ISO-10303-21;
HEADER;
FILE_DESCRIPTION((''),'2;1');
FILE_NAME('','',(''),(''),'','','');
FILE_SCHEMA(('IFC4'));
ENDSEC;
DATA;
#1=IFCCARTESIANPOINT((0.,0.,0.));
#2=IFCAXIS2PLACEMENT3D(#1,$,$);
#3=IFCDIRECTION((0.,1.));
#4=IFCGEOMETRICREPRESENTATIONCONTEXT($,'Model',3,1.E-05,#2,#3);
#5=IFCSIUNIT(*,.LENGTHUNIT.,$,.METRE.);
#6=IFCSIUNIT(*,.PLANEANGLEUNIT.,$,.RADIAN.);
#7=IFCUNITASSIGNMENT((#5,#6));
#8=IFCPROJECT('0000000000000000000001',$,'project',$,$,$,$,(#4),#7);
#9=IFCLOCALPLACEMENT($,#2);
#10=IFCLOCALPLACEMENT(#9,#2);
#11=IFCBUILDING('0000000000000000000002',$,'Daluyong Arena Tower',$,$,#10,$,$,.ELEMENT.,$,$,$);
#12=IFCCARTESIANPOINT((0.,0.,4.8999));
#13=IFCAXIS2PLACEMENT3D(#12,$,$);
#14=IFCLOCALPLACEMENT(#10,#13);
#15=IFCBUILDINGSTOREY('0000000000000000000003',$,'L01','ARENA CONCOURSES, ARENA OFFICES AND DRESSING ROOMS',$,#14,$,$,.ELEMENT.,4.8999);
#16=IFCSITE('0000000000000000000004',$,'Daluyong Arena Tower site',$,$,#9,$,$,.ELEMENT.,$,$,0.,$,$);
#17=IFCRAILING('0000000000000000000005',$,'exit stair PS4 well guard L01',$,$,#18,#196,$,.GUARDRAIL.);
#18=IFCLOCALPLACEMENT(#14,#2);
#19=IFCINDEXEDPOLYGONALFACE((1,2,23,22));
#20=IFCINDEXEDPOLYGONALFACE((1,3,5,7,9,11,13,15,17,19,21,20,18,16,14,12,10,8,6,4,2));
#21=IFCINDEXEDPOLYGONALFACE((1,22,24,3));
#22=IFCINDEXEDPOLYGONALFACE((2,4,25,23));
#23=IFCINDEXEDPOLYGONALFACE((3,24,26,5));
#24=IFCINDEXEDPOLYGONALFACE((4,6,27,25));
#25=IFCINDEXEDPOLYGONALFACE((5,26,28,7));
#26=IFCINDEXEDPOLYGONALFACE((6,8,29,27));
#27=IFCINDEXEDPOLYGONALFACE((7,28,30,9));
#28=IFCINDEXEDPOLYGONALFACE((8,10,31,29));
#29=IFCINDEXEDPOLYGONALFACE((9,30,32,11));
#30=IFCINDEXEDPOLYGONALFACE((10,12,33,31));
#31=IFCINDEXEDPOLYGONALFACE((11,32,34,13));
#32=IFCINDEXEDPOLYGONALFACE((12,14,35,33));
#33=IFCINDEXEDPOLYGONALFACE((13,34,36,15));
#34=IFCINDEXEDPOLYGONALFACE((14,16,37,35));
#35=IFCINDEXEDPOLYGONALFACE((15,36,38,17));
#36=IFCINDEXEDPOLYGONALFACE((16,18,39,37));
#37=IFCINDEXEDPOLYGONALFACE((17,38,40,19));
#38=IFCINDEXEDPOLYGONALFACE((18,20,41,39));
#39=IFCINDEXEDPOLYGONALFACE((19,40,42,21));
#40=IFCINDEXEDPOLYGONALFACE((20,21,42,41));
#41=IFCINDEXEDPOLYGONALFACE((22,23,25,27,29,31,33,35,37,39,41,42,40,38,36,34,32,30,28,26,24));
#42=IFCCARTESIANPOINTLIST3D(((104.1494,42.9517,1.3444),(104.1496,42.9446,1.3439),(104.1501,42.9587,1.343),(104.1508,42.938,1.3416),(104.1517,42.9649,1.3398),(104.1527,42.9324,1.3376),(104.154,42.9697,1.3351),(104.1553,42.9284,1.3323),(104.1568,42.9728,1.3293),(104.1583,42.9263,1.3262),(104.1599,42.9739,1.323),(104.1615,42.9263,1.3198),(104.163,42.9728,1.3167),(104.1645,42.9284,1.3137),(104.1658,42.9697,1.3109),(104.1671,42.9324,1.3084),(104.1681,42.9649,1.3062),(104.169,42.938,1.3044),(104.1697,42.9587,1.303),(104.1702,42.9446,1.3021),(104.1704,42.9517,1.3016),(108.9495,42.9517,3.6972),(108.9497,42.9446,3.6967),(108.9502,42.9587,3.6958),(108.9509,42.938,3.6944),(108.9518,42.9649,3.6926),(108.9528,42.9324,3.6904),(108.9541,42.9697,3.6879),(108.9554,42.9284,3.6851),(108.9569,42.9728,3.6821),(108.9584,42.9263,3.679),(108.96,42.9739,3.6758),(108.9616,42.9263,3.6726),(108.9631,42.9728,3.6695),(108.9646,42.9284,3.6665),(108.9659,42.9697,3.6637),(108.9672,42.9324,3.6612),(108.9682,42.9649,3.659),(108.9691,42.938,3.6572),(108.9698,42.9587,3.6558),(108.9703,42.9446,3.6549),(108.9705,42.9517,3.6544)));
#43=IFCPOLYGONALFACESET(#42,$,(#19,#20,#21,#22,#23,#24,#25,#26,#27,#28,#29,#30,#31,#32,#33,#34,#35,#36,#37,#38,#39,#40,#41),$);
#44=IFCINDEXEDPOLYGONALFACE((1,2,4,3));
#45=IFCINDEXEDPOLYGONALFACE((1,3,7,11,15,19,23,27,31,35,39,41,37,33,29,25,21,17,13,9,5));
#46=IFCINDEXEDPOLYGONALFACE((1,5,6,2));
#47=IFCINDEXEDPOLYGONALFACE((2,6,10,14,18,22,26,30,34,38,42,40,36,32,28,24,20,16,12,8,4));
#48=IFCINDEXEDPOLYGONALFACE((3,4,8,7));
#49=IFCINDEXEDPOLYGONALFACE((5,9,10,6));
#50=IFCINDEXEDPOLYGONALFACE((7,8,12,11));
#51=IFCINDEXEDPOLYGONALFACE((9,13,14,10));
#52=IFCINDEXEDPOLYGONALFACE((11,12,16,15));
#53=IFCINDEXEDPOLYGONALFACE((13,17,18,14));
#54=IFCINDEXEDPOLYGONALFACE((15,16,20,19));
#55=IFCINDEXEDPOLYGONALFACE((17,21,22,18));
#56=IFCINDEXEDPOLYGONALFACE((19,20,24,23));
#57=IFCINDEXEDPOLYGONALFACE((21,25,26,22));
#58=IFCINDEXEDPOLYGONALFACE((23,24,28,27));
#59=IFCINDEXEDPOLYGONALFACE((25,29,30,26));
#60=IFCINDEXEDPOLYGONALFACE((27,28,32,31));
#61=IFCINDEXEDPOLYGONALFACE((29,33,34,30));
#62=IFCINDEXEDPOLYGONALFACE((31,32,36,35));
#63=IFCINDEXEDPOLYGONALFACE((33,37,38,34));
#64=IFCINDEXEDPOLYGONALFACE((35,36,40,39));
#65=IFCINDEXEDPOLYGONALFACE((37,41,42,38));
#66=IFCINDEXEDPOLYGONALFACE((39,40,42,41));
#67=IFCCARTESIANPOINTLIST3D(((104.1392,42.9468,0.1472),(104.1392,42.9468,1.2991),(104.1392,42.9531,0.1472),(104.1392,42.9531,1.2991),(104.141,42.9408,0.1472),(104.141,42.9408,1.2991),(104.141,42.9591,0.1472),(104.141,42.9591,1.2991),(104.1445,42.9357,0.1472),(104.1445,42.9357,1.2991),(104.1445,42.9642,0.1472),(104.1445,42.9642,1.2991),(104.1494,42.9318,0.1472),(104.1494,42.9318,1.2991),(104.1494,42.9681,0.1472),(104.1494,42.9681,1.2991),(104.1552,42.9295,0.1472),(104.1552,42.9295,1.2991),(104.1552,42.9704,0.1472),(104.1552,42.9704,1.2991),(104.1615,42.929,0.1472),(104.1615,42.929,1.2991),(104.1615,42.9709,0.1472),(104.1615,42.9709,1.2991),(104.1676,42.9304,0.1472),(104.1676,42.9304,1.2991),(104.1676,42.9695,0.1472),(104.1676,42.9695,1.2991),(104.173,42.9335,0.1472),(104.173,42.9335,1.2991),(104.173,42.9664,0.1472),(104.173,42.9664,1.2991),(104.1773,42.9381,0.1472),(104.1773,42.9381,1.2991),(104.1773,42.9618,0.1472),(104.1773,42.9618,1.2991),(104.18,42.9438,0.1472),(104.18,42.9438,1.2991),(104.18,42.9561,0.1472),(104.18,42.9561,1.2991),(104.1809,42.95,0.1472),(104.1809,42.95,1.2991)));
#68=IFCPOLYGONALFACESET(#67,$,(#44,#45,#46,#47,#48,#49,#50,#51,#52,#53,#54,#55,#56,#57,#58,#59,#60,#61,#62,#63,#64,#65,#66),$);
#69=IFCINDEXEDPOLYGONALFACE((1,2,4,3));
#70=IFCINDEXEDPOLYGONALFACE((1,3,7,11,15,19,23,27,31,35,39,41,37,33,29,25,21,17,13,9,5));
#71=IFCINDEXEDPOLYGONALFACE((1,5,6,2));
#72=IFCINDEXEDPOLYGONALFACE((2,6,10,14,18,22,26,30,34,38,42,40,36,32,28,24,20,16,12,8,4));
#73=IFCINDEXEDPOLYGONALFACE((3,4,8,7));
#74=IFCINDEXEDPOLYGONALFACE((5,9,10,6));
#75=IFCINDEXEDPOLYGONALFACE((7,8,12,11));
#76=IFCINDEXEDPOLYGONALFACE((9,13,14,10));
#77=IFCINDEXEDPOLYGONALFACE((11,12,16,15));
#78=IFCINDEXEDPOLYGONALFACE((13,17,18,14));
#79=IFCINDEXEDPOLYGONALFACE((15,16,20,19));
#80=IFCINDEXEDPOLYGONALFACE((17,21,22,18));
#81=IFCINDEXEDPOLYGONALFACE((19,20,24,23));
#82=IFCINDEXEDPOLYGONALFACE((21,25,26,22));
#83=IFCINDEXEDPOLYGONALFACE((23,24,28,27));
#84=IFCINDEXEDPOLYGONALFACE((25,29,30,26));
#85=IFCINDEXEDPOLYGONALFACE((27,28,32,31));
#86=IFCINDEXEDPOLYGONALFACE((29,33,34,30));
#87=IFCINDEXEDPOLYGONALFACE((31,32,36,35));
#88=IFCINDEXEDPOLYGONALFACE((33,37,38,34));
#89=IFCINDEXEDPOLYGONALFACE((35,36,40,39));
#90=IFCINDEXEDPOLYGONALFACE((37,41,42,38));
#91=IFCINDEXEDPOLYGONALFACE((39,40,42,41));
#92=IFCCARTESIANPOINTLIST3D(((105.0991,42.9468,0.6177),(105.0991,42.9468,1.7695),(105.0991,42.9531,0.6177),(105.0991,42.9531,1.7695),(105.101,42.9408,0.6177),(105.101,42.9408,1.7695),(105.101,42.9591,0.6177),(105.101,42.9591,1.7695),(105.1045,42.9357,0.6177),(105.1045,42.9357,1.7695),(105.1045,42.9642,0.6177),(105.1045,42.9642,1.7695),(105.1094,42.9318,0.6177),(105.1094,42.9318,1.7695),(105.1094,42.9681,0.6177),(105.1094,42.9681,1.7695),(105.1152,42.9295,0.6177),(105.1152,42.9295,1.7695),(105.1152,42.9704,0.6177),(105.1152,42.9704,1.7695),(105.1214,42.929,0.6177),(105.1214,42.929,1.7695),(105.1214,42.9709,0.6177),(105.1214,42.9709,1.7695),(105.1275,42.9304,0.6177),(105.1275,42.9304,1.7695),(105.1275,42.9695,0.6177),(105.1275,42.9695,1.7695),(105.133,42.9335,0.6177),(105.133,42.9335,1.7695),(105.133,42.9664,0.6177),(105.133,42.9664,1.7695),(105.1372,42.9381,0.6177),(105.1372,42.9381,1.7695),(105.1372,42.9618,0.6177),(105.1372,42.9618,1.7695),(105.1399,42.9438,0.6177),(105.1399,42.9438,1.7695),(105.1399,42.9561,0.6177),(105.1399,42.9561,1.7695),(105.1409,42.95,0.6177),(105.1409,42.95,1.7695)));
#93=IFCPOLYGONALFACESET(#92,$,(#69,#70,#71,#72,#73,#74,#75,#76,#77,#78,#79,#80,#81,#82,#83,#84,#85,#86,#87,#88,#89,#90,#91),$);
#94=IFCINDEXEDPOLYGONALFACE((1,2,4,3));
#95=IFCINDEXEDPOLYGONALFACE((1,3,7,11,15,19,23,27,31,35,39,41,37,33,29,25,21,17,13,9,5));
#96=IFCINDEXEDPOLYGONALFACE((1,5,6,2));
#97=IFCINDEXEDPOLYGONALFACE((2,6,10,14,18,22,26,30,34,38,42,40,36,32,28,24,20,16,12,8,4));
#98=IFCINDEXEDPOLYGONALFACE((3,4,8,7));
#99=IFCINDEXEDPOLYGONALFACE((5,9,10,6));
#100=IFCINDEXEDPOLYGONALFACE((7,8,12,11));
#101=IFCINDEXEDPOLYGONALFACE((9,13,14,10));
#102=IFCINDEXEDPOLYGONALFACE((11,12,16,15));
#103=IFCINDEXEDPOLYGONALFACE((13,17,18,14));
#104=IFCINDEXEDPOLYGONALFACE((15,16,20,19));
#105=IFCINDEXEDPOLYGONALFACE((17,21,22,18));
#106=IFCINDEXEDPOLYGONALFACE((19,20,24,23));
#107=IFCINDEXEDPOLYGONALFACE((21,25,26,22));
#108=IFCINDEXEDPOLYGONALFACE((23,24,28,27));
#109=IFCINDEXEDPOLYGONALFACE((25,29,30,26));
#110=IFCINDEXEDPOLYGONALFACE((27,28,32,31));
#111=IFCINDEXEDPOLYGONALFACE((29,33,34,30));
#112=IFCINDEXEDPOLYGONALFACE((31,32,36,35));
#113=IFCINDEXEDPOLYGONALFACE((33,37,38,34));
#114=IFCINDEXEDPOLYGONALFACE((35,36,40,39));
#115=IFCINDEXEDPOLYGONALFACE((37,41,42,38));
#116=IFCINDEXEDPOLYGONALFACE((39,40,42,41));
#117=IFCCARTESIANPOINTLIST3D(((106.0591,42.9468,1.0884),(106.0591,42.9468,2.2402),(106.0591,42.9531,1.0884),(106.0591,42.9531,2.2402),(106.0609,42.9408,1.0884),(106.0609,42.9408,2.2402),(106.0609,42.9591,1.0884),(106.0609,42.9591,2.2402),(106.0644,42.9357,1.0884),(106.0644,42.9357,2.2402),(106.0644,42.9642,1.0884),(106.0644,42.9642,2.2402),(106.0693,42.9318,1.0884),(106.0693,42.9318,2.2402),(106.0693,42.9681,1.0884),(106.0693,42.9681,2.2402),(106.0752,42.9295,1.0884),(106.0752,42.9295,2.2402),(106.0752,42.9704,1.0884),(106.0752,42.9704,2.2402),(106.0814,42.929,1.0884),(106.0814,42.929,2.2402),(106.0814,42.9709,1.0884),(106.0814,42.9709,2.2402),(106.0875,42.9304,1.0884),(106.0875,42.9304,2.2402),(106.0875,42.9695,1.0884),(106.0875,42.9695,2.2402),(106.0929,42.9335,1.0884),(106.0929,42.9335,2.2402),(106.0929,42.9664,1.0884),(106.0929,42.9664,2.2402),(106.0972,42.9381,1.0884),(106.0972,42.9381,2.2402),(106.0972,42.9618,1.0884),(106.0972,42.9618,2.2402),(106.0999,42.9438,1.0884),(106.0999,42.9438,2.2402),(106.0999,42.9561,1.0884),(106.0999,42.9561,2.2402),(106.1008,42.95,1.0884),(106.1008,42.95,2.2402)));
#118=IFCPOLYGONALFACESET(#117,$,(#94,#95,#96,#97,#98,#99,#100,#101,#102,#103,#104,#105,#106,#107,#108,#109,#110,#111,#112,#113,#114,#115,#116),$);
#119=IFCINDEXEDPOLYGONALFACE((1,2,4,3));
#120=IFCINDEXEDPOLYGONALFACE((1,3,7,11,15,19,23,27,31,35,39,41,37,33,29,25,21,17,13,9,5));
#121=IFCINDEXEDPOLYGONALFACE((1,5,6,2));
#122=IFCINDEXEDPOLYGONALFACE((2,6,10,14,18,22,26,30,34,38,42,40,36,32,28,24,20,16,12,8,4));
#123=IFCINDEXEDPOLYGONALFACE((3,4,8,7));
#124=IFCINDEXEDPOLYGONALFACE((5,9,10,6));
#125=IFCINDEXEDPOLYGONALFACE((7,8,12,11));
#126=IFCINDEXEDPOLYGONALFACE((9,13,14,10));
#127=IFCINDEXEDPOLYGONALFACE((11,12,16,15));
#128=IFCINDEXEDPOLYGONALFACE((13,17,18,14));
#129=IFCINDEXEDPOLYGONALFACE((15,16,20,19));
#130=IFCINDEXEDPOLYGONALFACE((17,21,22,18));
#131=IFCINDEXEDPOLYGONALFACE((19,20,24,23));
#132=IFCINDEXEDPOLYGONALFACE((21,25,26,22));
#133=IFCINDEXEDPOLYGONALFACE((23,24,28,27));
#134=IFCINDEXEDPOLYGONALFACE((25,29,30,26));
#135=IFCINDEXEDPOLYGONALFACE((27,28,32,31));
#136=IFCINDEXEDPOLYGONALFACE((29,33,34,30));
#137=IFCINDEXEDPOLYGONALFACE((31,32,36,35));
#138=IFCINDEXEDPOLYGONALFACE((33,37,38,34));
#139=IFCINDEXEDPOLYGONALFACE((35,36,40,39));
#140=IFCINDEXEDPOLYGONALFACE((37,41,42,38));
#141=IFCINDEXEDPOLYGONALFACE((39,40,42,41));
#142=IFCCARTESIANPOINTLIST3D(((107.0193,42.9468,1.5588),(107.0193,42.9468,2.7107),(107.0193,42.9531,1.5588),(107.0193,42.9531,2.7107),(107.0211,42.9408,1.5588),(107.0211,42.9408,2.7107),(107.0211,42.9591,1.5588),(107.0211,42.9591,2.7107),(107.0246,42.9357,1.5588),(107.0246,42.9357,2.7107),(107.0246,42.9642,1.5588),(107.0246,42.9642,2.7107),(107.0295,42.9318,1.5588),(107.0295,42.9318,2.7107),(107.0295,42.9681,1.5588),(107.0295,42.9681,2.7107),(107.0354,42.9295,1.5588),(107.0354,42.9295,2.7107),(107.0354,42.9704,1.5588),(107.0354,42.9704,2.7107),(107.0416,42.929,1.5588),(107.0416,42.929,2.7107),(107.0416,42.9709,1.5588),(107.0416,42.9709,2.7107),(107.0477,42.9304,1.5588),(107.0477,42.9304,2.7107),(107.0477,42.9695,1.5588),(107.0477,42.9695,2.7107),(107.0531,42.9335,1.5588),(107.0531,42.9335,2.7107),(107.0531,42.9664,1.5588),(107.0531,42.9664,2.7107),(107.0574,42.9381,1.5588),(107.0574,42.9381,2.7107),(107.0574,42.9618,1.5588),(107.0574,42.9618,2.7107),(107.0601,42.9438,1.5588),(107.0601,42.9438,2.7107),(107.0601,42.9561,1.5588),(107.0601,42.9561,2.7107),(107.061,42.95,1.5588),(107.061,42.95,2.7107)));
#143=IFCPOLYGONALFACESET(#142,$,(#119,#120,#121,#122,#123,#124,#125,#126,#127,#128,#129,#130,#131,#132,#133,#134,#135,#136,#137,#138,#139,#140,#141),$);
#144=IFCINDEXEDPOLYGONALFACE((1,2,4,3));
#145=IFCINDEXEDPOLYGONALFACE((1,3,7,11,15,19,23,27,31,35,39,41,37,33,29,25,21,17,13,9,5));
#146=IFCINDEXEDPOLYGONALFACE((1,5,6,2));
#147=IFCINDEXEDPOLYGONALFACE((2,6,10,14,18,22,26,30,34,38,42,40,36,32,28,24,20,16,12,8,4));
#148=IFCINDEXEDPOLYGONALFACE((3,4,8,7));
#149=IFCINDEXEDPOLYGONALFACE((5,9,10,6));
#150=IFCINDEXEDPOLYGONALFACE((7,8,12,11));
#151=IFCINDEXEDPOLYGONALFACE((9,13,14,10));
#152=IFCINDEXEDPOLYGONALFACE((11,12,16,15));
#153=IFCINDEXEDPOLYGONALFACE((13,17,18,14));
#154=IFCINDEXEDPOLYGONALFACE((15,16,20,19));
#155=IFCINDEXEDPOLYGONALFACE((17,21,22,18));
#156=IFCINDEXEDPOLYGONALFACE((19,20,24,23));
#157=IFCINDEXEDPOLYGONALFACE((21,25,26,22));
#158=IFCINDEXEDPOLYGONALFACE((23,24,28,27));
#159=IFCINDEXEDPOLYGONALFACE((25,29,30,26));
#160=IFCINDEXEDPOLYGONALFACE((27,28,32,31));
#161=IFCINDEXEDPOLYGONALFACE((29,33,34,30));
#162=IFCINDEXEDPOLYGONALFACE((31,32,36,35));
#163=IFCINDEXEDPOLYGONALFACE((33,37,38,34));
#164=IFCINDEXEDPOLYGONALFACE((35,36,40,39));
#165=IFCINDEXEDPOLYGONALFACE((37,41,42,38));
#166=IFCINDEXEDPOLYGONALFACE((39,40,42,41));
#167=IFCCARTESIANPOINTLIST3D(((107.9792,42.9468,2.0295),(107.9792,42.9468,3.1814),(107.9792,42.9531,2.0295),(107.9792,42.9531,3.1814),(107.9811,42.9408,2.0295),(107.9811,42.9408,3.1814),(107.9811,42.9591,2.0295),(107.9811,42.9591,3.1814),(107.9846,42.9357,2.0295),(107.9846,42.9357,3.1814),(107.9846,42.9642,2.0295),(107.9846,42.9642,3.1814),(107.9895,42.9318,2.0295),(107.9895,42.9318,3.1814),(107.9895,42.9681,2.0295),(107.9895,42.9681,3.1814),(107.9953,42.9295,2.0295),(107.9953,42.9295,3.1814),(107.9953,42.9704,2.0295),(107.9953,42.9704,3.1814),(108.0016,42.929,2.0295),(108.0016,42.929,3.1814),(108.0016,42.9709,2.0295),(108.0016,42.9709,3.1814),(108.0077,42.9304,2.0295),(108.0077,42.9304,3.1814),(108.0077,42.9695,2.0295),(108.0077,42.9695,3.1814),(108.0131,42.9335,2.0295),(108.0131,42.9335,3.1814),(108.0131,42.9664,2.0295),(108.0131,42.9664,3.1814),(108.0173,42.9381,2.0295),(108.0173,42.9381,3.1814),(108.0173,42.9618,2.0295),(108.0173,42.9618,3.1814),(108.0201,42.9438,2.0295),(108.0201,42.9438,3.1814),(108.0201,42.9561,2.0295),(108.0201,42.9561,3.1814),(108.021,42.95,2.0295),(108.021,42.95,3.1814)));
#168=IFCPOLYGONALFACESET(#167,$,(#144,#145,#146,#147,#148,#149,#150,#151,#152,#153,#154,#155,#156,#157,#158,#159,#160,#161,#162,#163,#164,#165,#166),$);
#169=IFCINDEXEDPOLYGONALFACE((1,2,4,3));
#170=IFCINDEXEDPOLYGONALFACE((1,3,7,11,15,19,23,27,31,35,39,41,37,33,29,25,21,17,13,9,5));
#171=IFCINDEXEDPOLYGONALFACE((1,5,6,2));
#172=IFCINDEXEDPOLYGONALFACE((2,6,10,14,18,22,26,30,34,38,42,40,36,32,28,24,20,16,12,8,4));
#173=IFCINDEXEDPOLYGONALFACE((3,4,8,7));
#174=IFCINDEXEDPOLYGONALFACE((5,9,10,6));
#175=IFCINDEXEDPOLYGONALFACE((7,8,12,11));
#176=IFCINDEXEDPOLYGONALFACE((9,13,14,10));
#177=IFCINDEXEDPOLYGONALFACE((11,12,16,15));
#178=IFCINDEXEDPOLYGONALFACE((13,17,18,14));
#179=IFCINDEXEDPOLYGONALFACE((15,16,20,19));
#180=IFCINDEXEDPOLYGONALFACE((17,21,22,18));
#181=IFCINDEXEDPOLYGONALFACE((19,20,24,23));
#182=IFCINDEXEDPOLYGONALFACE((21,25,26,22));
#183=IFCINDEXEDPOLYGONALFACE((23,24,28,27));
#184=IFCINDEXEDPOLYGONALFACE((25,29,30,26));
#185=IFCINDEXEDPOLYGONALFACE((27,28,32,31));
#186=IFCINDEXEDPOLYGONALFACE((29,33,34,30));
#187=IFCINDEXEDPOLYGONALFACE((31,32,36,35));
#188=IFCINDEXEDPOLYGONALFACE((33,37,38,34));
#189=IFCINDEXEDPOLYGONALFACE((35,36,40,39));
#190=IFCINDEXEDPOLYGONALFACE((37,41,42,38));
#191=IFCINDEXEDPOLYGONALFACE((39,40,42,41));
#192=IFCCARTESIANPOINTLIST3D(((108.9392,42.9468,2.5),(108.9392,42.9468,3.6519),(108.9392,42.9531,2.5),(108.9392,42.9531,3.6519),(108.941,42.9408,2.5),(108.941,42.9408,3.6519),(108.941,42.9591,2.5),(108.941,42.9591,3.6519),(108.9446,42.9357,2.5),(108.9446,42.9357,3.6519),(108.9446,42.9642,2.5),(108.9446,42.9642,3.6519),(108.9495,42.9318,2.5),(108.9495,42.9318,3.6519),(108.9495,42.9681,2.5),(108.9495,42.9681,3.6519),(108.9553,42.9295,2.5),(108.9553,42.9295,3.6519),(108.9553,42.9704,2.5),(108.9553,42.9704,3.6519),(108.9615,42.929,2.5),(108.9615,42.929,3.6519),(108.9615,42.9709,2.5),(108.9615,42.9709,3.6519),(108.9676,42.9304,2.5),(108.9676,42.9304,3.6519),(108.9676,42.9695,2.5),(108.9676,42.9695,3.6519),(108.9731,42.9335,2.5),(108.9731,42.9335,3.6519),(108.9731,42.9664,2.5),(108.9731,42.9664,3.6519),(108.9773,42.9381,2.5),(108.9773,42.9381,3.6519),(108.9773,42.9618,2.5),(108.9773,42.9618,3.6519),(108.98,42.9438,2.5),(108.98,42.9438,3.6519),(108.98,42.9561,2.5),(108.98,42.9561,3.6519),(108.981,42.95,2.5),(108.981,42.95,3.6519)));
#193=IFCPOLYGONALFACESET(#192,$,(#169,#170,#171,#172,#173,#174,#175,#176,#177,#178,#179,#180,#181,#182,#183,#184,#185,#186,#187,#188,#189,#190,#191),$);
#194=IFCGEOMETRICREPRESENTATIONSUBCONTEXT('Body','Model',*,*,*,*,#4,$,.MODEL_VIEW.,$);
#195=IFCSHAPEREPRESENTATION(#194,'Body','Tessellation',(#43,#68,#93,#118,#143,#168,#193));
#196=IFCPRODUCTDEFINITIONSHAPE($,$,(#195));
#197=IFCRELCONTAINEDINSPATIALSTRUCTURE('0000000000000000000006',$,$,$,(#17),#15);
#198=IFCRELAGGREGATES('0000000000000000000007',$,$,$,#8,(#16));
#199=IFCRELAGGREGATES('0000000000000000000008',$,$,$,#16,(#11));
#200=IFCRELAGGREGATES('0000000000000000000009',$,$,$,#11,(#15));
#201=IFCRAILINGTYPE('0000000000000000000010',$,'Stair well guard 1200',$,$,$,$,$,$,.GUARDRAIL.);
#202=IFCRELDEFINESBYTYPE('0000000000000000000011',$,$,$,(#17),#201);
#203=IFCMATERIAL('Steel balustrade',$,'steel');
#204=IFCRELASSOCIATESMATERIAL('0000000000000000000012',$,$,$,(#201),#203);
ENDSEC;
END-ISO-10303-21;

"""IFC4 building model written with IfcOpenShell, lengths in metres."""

from ifc_helpers import new_model, si_unit, direction, frame, origin, origin_2d, place, context, subcontext, project, spatial, circle, extrude, material, type_object, element, save


model = new_model("IFC4")

# Units and contexts
model_context = context("Model", 3, precision=1e-05, world=origin(), true_north=direction((0.0, 1.0)))
body_context = subcontext(model_context, "Body", "Model", "MODEL_VIEW")
ifc_project = project(units=[si_unit("LENGTHUNIT", "METRE"), si_unit("PLANEANGLEUNIT", "RADIAN")], contexts=[model_context])

# Site, building, storey
site_placement = place(None, origin())
site = spatial("IfcSite", under=ifc_project, at=site_placement, Name="Daluyong Arena Tower site", CompositionType="ELEMENT", RefElevation=0.0)
building_placement = place(site_placement, origin())
building = spatial("IfcBuilding", under=site, at=building_placement, Name="Daluyong Arena Tower", CompositionType="ELEMENT")
storey_placement = place(building_placement, frame((0.0, 0.0, 4.8999)))
storey = spatial("IfcBuildingStorey", under=building, at=storey_placement, Name="L01", Description="ARENA CONCOURSES, ARENA OFFICES AND DRESSING ROOMS", CompositionType="ELEMENT", Elevation=4.8999)

# Railing
ifc_material_1 = material(Name="Steel balustrade", Category="steel")
railing_type_1 = type_object("IfcRailingType", Name="Stair well guard 1200", PredefinedType="GUARDRAIL", material=ifc_material_1)
railing_1_placement = place(storey_placement, frame((104.1599, 42.95, 0.1472)))
element("IfcRailing", 1, at=railing_1_placement, inside=storey, type_object=railing_type_1, Name="exit stair PS4 well guard L01", PredefinedType="GUARDRAIL", context=body_context, shape_type="SweptSolid", body=[
    extrude(circle(Radius=0.0239, at=origin_2d()), frame((0.0, 0.0, 1.1758), z_axis=(0.897934, 0.0, 0.44013), x_axis=(0.0, 1.0, 0.0)), (0.0, 0.0, 1.0), 5.3457),
    extrude(circle(Radius=0.021, at=origin_2d()), origin(), (0.0, 0.0, 1.0), 1.1519),
    extrude(circle(Radius=0.021, at=origin_2d()), frame((0.96, 0.0, 0.4705)), (0.0, 0.0, 1.0), 1.1519),
    extrude(circle(Radius=0.021, at=origin_2d()), frame((1.9199, 0.0, 0.9412)), (0.0, 0.0, 1.0), 1.1519),
    extrude(circle(Radius=0.021, at=origin_2d()), frame((2.8801, 0.0, 1.4116)), (0.0, 0.0, 1.0), 1.1519),
    extrude(circle(Radius=0.021, at=origin_2d()), frame((3.8401, 0.0, 1.8823)), (0.0, 0.0, 1.0), 1.1519),
    extrude(circle(Radius=0.021, at=origin_2d()), frame((4.8, 0.0, 2.3528)), (0.0, 0.0, 1.0), 1.1519),
])

save(model, "model.ifc")
